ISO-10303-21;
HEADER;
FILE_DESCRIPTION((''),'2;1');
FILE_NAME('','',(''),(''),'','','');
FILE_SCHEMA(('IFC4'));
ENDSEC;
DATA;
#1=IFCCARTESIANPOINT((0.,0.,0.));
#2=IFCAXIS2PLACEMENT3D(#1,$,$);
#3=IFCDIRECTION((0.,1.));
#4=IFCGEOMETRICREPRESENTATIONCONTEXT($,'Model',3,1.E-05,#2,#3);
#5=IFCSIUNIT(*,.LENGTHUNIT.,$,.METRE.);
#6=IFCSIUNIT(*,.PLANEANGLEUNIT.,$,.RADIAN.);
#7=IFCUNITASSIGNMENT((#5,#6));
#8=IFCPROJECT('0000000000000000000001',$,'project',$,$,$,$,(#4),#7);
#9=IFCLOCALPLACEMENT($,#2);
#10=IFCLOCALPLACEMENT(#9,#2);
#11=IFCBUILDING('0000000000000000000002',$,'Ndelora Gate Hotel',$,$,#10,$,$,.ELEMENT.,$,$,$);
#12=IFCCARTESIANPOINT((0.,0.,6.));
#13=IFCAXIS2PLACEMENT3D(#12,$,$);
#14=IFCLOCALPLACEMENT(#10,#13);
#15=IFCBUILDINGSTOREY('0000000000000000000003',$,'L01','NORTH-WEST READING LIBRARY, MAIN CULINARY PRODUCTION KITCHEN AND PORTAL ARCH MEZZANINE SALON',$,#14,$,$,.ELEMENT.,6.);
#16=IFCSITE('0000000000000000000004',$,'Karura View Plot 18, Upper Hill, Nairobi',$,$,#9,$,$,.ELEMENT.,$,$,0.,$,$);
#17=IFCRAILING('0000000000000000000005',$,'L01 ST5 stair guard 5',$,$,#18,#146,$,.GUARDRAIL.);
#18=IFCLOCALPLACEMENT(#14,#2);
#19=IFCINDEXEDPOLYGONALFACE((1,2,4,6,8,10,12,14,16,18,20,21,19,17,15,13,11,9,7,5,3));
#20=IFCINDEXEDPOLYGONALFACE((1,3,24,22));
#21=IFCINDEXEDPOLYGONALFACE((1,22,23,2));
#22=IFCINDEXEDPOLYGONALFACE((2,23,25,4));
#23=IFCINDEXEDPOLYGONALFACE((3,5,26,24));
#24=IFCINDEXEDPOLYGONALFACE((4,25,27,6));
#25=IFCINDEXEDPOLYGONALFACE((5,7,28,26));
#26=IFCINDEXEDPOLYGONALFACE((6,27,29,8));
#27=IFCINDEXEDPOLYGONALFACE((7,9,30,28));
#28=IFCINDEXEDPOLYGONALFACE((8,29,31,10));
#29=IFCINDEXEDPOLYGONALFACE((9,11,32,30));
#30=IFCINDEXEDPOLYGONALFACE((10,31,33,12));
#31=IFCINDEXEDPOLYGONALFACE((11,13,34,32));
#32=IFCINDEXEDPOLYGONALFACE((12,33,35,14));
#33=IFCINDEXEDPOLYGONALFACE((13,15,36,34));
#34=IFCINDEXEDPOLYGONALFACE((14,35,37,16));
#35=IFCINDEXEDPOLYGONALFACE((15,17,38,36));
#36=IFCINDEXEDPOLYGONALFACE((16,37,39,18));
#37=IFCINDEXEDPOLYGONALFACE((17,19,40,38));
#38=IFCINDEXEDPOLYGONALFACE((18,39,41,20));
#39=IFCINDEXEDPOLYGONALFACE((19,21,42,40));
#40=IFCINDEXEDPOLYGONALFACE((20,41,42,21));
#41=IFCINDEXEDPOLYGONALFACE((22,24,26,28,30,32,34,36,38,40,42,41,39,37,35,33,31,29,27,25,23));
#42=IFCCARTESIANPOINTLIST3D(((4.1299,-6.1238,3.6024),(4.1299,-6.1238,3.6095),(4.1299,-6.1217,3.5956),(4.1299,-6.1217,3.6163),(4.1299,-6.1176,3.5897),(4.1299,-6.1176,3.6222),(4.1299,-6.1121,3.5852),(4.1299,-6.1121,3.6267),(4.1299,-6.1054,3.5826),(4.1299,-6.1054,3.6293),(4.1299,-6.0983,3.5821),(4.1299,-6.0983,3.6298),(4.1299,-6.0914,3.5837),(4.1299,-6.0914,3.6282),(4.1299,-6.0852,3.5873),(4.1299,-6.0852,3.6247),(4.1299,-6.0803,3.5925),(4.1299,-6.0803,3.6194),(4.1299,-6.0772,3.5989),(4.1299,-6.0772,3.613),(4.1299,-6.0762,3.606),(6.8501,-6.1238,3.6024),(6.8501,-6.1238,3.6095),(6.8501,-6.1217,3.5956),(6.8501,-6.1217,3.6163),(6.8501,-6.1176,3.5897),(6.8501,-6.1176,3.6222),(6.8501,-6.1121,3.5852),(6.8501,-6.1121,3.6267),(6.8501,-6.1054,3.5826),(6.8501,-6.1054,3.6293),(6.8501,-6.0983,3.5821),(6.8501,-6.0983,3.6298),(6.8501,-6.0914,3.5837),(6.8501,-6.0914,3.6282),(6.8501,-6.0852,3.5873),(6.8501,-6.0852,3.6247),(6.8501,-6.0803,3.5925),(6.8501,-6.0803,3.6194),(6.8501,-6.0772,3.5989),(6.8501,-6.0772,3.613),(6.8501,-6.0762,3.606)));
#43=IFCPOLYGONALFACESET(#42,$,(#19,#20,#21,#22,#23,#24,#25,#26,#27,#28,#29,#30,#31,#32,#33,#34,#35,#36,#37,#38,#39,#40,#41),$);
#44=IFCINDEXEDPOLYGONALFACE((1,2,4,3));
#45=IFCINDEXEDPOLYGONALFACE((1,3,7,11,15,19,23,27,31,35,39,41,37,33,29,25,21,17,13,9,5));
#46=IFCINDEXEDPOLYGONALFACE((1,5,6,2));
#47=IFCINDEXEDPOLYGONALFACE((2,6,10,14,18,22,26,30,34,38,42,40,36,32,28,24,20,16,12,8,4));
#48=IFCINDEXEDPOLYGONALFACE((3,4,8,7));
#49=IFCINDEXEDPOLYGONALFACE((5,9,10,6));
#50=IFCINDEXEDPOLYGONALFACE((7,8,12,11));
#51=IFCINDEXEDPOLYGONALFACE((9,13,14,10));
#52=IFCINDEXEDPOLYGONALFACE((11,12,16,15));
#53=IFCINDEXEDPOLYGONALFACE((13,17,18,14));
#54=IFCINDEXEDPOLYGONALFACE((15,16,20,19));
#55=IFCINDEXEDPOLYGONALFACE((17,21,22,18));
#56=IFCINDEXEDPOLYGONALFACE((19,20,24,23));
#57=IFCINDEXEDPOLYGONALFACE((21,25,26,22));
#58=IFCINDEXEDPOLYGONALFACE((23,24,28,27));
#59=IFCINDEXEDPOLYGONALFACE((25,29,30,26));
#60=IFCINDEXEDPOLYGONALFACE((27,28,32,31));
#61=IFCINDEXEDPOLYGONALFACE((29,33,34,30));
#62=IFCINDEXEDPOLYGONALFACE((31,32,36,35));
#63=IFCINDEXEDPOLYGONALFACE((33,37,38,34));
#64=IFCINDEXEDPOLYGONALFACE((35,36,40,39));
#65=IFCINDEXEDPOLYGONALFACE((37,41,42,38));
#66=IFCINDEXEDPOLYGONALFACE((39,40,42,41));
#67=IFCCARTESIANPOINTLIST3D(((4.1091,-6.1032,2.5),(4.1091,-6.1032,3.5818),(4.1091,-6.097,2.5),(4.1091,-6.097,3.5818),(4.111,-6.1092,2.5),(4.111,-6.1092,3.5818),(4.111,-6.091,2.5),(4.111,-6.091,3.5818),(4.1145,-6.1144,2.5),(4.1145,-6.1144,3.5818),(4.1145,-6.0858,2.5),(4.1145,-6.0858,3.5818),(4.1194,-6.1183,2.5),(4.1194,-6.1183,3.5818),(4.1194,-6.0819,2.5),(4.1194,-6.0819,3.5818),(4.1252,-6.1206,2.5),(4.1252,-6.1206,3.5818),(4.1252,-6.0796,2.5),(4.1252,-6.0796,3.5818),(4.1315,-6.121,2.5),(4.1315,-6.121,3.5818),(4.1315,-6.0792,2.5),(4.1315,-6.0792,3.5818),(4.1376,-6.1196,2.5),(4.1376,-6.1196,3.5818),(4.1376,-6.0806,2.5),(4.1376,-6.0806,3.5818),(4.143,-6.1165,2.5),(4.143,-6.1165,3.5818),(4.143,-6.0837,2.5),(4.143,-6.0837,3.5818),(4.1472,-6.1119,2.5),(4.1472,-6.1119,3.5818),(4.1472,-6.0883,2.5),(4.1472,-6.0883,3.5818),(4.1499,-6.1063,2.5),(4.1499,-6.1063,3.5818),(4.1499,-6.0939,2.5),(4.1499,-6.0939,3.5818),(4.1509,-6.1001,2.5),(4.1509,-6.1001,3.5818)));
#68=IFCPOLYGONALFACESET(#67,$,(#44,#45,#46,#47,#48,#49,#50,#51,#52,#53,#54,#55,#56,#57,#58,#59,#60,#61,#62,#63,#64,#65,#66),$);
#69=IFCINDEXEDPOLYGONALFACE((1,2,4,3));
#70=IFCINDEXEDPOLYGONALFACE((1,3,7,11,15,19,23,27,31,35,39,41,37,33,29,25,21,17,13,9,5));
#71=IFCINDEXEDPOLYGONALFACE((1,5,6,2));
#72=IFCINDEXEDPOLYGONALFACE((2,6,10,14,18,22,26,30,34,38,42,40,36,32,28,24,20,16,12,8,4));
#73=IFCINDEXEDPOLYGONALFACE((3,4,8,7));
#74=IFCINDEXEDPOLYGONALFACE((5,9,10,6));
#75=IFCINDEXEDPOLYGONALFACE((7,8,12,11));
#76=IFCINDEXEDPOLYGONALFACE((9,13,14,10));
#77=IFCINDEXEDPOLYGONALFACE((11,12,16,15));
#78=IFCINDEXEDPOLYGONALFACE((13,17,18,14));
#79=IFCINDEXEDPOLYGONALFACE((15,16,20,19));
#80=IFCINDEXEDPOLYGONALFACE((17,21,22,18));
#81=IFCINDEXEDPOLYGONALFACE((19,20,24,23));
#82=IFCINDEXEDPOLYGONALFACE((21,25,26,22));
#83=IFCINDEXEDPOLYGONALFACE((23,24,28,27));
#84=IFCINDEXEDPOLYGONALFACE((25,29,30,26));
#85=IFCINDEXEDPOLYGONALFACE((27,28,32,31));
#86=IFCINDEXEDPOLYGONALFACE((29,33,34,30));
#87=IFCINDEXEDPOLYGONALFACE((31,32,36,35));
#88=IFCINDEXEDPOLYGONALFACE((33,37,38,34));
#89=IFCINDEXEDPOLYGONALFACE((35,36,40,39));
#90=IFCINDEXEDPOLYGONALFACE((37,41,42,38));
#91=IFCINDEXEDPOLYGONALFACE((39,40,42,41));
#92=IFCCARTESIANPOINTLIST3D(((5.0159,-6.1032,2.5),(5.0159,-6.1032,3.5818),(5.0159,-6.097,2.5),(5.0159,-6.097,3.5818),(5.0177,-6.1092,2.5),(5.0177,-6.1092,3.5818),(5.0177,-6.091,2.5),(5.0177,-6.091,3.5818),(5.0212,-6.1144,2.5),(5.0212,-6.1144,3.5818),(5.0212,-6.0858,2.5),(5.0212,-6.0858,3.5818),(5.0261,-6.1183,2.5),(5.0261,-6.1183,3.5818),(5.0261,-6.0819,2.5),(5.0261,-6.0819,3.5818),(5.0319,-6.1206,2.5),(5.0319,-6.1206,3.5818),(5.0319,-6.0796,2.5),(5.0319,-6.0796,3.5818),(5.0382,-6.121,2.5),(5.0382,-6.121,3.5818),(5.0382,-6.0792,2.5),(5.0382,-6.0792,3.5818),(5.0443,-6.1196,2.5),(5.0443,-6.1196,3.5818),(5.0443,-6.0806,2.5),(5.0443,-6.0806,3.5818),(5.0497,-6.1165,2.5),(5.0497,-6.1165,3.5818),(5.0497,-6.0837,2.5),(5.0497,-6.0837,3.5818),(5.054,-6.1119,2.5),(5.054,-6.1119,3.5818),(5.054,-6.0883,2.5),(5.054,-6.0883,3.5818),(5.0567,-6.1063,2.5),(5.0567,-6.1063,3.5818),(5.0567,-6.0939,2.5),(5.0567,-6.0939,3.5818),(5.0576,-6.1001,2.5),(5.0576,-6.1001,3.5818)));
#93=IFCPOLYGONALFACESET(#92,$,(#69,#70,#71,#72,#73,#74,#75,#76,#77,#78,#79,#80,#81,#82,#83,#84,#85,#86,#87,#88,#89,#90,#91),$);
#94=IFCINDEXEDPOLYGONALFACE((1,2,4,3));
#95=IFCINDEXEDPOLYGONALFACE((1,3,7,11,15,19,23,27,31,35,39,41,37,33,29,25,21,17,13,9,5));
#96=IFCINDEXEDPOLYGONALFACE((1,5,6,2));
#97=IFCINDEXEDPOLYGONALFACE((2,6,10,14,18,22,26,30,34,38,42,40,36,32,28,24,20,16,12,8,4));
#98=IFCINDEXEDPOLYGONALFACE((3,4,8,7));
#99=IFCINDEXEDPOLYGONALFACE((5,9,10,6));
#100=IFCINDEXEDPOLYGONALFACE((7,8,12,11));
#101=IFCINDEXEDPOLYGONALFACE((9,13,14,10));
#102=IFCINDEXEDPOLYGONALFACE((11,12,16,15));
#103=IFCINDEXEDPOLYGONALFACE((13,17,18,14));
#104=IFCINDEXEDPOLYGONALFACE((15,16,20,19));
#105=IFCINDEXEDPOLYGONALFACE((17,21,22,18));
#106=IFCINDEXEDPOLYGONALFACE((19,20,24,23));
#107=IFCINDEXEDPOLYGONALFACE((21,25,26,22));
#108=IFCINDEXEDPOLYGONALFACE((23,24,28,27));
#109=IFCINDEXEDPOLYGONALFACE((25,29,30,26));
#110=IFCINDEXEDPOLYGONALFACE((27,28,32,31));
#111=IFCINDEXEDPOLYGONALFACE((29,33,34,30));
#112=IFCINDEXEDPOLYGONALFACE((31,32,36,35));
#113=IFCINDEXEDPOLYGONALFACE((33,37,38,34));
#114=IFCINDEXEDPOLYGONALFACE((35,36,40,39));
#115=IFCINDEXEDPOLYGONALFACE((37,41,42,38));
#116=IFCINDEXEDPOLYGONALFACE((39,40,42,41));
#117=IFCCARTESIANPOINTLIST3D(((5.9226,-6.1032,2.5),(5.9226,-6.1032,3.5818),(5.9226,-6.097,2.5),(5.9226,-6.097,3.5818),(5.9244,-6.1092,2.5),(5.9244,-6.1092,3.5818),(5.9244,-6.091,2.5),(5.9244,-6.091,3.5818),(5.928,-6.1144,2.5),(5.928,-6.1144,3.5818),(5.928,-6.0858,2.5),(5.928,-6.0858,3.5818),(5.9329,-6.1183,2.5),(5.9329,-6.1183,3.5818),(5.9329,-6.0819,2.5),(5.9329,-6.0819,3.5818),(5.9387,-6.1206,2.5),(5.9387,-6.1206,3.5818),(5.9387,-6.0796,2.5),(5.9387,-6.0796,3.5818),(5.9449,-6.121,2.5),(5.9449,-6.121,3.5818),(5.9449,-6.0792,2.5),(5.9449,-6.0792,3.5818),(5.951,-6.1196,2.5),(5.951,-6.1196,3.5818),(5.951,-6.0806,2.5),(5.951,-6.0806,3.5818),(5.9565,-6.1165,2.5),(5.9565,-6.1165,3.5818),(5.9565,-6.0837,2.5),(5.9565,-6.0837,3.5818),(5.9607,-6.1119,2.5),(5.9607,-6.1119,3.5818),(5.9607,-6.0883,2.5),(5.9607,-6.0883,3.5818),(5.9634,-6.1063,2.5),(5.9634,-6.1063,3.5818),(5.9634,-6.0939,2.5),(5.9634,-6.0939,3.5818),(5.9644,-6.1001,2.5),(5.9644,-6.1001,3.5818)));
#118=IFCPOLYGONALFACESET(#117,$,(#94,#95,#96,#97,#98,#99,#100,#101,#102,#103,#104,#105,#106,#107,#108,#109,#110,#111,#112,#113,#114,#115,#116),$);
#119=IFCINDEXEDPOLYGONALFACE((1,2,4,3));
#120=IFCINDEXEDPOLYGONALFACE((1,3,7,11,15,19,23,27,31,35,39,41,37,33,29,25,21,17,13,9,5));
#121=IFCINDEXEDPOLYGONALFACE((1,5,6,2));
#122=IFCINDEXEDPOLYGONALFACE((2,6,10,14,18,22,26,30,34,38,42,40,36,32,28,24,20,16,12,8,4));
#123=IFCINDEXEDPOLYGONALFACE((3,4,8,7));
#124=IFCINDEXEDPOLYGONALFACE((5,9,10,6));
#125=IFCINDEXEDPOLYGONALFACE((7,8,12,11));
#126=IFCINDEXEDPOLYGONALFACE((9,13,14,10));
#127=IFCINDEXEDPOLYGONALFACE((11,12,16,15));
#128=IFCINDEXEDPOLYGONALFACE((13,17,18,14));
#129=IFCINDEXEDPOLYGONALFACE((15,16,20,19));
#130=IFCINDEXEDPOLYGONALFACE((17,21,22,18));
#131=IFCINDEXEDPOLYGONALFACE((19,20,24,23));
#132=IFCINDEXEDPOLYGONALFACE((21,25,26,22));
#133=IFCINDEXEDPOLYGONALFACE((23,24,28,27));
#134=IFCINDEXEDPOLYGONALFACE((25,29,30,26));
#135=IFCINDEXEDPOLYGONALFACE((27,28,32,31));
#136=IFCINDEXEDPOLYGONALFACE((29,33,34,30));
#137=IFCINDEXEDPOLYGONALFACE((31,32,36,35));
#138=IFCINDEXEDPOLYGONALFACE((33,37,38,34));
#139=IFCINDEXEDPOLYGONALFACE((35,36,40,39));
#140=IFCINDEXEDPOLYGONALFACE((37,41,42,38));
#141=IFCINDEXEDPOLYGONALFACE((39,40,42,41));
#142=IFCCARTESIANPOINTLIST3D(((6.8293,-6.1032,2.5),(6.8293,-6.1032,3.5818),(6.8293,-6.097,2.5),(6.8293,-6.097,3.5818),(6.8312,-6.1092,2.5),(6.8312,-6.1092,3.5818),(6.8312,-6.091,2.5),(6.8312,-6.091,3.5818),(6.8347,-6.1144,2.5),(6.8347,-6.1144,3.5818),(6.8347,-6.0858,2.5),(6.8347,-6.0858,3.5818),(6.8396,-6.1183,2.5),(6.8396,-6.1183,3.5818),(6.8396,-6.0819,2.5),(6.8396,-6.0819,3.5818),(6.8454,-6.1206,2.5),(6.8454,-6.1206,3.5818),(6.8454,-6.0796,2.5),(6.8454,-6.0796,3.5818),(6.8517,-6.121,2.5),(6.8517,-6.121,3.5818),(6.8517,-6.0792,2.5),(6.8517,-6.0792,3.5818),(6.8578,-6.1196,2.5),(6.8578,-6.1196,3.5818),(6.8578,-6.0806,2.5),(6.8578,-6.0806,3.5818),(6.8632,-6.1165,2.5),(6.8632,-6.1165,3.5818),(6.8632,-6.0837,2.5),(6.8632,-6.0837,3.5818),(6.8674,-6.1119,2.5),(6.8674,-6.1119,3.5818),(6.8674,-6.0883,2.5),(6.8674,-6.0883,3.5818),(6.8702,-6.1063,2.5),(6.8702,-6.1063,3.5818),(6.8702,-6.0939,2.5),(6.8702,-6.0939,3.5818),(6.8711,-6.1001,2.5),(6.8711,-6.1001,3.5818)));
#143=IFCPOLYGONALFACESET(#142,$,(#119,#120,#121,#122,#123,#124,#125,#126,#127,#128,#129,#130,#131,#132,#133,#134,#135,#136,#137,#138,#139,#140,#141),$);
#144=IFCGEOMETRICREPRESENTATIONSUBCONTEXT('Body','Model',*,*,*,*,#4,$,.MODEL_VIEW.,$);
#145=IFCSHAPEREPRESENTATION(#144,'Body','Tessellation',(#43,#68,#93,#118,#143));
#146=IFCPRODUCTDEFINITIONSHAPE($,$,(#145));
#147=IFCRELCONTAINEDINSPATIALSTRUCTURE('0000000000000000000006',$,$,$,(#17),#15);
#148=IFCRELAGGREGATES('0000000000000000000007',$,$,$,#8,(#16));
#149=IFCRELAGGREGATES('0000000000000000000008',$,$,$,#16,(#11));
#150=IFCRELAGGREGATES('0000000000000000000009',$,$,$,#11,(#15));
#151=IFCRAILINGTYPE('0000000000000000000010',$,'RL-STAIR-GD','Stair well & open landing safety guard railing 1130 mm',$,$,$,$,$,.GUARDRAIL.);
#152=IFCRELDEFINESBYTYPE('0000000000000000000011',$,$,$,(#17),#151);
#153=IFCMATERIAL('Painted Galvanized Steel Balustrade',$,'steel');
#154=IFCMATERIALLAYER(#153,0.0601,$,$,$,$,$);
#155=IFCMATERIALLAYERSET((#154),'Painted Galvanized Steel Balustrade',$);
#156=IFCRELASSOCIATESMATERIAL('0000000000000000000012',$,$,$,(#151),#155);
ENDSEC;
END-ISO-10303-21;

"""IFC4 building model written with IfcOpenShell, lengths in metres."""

from ifc_helpers import new_model, si_unit, direction, frame, origin, origin_2d, place, context, subcontext, project, spatial, circle, extrude, material, layer, layer_set, type_object, element, save


model = new_model("IFC4")

# Units and contexts
model_context = context("Model", 3, precision=1e-05, world=origin(), true_north=direction((0.0, 1.0)))
body_context = subcontext(model_context, "Body", "Model", "MODEL_VIEW")
ifc_project = project(units=[si_unit("LENGTHUNIT", "METRE"), si_unit("PLANEANGLEUNIT", "RADIAN")], contexts=[model_context])

# Site, building, storey
site_placement = place(None, origin())
site = spatial("IfcSite", under=ifc_project, at=site_placement, Name="Karura View Plot 18, Upper Hill, Nairobi", CompositionType="ELEMENT", RefElevation=0.0)
building_placement = place(site_placement, origin())
building = spatial("IfcBuilding", under=site, at=building_placement, Name="Ndelora Gate Hotel", CompositionType="ELEMENT")
storey_placement = place(building_placement, frame((0.0, 0.0, 6.0)))
storey = spatial("IfcBuildingStorey", under=building, at=storey_placement, Name="L01", Description="NORTH-WEST READING LIBRARY, MAIN CULINARY PRODUCTION KITCHEN AND PORTAL ARCH MEZZANINE SALON", CompositionType="ELEMENT", Elevation=6.0)

# Railing
ifc_material_1 = material(Name="Painted Galvanized Steel Balustrade", Category="steel")
ifc_layer_1 = layer(ifc_material_1, 0.0601)
ifc_layer_set_1 = layer_set([ifc_layer_1], Name="Painted Galvanized Steel Balustrade")
railing_type_1 = type_object("IfcRailingType", Name="RL-STAIR-GD", Description="Stair well & open landing safety guard railing 1130 mm", PredefinedType="GUARDRAIL", material=ifc_layer_set_1)
railing_1_placement = place(storey_placement, frame((4.1299, -6.1001, 2.5)))
element("IfcRailing", 1, at=railing_1_placement, inside=storey, type_object=railing_type_1, Name="L01 ST5 stair guard 5", PredefinedType="GUARDRAIL", context=body_context, shape_type="SweptSolid", body=[
    extrude(circle(Radius=0.0239, at=origin_2d()), frame((0.0, 0.0, 1.106), z_axis=(1.0, 0.0, 0.0), x_axis=(0.0, 1.0, 0.0)), (0.0, 0.0, 1.0), 2.7202),
    extrude(circle(Radius=0.021, at=origin_2d()), origin(), (0.0, 0.0, 1.0), 1.0818),
    extrude(circle(Radius=0.021, at=origin_2d()), frame((0.9067, 0.0, 0.0)), (0.0, 0.0, 1.0), 1.0818),
    extrude(circle(Radius=0.021, at=origin_2d()), frame((1.8135, 0.0, 0.0)), (0.0, 0.0, 1.0), 1.0818),
    extrude(circle(Radius=0.021, at=origin_2d()), frame((2.7202, 0.0, 0.0)), (0.0, 0.0, 1.0), 1.0818),
])

save(model, "model.ifc")
